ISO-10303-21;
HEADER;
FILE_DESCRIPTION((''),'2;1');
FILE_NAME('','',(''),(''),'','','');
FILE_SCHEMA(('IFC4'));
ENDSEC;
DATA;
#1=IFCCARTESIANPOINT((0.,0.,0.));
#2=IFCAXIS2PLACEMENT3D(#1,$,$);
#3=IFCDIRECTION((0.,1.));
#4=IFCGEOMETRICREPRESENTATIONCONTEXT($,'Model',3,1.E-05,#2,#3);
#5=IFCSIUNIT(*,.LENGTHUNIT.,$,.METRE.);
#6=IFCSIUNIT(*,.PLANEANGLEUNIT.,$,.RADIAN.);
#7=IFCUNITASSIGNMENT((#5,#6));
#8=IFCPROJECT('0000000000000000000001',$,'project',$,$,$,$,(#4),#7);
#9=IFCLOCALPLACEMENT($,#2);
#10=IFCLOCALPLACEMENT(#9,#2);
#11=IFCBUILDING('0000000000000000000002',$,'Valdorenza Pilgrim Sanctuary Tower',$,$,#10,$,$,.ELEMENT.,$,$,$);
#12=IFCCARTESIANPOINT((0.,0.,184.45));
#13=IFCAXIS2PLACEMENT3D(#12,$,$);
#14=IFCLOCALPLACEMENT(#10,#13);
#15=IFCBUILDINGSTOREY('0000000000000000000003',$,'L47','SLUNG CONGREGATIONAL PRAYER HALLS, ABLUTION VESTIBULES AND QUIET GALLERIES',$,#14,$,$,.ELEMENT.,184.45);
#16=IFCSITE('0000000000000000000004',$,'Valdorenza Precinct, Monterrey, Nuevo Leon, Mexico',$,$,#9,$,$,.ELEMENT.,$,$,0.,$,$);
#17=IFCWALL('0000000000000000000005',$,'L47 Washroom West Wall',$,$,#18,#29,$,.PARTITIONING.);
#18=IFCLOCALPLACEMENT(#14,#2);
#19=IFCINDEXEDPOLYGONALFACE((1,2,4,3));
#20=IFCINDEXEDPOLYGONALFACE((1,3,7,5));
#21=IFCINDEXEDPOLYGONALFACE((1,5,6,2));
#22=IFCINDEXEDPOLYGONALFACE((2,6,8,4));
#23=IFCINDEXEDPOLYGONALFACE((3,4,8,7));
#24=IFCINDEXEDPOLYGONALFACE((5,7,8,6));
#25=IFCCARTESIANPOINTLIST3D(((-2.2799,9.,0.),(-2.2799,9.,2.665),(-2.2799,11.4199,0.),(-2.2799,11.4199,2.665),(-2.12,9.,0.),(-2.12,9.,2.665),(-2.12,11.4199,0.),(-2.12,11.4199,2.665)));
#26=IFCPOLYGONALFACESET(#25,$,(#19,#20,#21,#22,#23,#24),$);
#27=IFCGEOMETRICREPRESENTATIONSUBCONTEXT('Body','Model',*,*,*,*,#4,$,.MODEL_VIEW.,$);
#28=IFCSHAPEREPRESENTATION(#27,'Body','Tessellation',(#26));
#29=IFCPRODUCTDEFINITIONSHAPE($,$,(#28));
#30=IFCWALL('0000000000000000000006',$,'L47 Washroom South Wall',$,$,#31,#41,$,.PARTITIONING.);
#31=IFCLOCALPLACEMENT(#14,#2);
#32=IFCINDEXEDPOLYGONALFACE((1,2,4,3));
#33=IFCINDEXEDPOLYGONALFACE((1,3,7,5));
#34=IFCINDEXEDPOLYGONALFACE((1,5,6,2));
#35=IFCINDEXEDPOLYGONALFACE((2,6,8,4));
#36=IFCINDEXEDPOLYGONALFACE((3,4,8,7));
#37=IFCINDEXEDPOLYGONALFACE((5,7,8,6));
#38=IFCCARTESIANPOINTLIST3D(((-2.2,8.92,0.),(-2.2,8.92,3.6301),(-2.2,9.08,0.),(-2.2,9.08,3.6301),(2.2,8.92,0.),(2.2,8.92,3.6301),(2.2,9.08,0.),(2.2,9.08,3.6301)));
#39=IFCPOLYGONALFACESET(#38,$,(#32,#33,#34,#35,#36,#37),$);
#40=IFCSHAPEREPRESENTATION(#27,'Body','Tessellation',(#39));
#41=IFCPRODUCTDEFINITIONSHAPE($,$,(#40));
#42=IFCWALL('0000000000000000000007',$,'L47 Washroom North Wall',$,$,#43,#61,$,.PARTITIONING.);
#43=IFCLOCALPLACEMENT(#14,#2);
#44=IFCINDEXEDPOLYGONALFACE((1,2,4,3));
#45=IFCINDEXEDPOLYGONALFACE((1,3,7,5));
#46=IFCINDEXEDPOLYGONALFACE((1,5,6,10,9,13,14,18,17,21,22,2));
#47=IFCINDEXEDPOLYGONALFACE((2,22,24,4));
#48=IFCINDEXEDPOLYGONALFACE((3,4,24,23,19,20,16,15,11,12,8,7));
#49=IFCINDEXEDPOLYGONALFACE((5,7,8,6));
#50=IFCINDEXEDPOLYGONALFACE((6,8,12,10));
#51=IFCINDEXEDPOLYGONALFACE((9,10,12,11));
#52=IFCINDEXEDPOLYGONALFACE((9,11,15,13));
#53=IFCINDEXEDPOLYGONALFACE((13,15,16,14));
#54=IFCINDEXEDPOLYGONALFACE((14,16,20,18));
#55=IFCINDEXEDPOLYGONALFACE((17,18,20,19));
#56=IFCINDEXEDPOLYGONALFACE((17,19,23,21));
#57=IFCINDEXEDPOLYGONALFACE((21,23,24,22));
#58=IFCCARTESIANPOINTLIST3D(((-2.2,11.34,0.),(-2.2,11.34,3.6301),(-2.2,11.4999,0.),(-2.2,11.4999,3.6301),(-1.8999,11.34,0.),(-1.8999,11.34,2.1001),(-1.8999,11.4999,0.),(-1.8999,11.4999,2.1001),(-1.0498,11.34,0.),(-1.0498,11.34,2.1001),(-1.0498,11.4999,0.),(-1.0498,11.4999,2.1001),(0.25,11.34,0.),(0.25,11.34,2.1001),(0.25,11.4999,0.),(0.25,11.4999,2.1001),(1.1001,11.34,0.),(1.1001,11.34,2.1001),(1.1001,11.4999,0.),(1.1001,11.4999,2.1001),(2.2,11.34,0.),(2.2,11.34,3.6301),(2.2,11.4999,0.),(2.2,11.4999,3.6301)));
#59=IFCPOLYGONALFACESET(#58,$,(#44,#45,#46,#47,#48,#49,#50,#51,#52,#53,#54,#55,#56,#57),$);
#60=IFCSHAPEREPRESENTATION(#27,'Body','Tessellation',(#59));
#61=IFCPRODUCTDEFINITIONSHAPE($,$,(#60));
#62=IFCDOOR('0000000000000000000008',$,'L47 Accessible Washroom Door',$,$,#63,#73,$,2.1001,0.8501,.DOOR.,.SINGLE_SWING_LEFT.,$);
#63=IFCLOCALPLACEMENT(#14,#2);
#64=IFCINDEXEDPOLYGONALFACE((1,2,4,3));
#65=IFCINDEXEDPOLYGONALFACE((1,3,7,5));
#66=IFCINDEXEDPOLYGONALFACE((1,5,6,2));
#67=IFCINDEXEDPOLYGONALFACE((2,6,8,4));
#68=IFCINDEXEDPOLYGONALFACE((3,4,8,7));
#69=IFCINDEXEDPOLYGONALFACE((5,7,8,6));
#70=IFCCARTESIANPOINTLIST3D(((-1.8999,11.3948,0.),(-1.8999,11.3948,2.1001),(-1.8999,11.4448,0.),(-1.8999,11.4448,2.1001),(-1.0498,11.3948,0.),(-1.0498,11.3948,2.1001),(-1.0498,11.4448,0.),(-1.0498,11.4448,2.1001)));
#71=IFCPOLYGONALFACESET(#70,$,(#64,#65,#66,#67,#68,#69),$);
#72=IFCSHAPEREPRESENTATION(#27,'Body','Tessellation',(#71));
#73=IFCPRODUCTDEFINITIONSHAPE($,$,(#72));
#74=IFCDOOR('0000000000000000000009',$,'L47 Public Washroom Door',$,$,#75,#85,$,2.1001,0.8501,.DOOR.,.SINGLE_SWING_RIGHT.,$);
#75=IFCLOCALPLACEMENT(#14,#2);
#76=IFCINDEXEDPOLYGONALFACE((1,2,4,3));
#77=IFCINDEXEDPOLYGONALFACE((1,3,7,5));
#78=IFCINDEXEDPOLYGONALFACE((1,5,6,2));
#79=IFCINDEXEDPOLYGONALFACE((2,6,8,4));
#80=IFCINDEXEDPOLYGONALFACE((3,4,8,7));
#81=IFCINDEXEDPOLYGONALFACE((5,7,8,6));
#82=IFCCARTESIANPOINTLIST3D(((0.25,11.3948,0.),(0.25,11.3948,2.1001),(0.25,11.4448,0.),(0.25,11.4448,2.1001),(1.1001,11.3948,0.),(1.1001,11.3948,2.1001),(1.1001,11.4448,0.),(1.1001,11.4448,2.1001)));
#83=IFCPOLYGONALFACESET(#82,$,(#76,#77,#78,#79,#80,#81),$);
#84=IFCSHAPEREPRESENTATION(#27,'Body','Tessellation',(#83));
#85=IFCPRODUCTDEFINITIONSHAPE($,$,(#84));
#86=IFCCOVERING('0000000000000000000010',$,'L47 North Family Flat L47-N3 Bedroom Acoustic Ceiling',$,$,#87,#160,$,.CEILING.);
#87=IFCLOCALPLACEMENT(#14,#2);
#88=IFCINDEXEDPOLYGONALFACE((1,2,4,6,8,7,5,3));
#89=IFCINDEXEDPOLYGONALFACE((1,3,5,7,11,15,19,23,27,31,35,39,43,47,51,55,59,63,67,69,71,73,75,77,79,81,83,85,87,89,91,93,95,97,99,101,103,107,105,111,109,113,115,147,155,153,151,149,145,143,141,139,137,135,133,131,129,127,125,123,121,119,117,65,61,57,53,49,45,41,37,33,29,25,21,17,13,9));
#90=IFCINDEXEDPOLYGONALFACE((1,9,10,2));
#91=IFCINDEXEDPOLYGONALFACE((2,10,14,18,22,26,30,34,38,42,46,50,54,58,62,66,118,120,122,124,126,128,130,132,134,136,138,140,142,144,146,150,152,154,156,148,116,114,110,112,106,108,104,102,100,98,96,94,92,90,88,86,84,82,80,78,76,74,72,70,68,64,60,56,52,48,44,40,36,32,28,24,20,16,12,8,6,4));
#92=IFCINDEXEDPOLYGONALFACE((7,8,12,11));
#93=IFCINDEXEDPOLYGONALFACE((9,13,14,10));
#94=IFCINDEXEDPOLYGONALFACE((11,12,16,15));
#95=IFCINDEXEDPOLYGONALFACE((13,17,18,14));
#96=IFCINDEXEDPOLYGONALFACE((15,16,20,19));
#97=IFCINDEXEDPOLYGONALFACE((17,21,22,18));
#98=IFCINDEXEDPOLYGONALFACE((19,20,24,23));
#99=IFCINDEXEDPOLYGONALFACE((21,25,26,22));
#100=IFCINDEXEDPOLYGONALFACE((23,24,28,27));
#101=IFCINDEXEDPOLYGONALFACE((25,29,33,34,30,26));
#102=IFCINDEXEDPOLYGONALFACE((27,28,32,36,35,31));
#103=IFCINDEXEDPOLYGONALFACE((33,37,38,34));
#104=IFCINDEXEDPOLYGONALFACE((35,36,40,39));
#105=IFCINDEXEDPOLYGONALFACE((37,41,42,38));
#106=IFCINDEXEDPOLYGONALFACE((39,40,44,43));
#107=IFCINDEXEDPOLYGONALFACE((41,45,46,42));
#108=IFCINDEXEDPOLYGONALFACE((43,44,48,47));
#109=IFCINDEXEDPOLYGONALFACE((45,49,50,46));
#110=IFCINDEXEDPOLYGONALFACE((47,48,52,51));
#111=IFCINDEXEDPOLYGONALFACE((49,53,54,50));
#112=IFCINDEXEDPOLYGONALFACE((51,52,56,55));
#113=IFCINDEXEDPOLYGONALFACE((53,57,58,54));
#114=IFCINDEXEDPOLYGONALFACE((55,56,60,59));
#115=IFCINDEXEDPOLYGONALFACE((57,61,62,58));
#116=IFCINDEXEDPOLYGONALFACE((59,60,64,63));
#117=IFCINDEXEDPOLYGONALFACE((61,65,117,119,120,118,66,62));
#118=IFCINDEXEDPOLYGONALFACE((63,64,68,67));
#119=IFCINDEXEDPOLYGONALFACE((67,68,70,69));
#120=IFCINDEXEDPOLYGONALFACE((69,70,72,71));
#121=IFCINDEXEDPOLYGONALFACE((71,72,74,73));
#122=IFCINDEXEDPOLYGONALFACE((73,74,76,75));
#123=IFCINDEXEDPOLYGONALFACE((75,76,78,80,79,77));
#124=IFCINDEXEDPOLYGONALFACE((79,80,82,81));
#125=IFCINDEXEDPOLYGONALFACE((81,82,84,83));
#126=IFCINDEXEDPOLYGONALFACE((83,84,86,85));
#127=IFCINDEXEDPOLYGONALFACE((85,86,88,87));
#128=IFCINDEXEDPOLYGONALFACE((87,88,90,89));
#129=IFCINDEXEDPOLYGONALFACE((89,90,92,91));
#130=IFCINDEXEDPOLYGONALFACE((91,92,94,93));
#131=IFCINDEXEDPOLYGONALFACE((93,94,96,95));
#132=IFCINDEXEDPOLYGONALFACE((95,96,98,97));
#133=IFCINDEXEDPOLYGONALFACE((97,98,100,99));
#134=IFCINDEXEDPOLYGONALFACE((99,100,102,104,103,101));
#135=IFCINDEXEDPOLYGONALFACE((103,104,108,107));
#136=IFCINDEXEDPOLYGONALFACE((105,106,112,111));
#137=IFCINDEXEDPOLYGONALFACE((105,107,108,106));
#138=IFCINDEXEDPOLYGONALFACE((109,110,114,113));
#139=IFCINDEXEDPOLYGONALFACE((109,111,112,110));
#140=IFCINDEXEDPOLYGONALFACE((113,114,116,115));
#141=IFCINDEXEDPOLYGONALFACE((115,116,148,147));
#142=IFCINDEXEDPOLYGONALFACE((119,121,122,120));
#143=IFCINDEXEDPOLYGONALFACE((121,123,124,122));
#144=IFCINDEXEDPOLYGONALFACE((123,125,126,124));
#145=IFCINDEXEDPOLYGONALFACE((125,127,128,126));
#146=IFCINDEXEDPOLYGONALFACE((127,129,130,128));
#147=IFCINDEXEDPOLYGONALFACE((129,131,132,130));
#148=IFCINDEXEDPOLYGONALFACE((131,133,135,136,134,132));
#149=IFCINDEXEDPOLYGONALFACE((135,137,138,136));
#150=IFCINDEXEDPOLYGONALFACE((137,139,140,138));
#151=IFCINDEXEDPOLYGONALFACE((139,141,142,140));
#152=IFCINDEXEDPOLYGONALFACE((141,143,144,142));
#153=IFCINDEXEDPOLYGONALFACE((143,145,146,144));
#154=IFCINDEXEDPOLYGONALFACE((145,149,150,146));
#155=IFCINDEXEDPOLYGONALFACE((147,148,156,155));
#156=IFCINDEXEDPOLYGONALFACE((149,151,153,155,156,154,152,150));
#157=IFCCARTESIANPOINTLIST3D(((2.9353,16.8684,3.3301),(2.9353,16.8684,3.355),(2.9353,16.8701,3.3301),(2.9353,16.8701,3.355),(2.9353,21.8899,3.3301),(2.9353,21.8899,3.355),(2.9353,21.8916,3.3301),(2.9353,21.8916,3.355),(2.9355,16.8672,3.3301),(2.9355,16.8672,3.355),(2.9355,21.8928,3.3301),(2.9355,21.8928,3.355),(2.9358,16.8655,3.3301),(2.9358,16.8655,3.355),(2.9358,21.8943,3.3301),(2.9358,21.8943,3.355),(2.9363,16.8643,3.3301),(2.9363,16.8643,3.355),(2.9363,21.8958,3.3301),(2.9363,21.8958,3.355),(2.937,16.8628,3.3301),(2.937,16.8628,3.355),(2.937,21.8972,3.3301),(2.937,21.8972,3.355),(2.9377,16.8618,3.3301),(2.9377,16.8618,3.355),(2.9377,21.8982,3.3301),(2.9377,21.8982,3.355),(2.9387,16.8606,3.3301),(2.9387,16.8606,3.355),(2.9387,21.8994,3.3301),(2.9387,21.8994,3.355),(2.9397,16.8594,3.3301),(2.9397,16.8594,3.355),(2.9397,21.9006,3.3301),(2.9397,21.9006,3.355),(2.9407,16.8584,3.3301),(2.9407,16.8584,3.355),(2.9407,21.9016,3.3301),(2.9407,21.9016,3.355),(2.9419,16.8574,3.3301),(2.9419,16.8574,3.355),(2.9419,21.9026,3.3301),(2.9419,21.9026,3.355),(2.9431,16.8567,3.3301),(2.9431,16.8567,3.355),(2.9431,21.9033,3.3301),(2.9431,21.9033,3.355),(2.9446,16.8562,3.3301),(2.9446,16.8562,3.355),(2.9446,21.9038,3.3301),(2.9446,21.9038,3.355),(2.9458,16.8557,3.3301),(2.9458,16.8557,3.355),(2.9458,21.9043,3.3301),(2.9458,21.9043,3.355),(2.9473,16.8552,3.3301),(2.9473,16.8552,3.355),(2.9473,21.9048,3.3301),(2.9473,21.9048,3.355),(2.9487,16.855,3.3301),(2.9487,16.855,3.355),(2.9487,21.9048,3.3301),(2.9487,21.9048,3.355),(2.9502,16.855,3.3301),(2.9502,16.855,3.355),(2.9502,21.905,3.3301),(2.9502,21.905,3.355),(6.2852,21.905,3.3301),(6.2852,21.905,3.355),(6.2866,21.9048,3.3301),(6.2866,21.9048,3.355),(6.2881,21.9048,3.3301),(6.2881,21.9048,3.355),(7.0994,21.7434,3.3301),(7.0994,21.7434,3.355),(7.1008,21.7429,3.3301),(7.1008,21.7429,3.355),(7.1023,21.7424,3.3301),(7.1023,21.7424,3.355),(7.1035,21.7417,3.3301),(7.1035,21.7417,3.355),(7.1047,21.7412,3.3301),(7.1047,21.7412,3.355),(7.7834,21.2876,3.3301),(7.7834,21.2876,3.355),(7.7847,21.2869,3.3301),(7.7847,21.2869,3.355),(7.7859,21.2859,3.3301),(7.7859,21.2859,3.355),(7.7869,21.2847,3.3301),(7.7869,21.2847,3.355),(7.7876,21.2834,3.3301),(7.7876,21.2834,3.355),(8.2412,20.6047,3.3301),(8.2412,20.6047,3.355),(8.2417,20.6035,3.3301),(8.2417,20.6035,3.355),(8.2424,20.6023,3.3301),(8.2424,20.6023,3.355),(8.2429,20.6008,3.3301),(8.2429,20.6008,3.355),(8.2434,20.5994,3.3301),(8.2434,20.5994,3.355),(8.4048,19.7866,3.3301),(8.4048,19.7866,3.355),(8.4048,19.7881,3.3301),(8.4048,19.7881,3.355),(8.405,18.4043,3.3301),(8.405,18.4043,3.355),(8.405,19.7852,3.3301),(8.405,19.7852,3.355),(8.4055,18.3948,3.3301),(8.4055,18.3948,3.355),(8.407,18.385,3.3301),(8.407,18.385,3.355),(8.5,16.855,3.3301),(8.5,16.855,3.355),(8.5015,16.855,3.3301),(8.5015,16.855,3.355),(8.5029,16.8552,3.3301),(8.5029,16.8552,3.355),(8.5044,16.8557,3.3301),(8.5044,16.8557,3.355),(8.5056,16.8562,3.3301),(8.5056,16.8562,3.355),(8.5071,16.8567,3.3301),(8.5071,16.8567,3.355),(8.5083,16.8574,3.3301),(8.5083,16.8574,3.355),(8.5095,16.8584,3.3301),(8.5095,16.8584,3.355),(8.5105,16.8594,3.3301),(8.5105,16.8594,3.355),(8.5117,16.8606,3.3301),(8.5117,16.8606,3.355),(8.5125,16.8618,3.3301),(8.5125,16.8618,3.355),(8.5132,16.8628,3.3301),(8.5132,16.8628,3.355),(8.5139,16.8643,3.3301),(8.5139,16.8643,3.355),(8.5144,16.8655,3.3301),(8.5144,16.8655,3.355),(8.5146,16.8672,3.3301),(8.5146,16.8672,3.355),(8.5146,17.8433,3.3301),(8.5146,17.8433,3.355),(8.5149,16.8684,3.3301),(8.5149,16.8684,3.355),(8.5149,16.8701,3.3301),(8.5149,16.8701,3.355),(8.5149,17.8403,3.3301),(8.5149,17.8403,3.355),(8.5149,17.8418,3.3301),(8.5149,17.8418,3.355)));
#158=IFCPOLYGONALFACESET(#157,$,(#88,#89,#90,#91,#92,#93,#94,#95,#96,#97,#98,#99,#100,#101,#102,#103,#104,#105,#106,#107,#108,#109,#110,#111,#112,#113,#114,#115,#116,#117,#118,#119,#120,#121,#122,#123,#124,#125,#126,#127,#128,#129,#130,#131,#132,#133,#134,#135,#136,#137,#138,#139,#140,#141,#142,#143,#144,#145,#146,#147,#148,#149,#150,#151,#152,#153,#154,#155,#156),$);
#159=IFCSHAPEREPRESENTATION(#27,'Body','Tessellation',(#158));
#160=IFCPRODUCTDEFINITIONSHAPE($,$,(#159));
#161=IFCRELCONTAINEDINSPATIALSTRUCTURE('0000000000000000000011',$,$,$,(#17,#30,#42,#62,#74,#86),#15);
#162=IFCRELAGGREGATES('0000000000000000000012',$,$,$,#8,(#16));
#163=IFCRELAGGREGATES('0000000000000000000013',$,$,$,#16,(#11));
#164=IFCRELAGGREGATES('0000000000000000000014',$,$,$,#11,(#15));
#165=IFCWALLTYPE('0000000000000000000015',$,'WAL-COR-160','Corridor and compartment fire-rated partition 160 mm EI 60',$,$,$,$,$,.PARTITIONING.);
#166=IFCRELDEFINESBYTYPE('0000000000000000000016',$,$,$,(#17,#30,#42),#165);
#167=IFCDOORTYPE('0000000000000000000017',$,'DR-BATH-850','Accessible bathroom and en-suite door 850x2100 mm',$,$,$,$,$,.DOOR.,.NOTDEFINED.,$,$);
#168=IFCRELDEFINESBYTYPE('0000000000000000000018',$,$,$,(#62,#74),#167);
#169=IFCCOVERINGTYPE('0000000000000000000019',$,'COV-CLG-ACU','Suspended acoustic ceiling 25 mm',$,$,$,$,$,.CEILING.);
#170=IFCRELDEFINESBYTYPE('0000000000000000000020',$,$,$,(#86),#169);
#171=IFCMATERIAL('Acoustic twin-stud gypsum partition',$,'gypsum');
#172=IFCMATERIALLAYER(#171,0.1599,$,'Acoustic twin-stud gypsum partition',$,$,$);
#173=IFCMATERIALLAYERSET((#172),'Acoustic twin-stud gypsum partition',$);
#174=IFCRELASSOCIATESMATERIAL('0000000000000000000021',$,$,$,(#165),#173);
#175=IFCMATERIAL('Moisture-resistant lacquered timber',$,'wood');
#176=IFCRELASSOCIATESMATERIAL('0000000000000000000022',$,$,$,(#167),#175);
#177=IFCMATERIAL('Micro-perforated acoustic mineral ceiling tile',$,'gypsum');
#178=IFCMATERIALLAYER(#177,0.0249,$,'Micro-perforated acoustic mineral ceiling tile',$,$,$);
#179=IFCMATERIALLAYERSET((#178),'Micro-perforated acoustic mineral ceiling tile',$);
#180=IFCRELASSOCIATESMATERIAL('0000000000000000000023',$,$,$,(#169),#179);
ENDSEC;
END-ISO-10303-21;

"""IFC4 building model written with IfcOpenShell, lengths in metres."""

from ifc_helpers import new_model, si_unit, direction, frame, frame_2d, origin, place, context, subcontext, project, spatial, polyline, rectangle, outline, extrude, material, layer, layer_set, type_object, element, fill, save


model = new_model("IFC4")

# Units and contexts
model_context = context("Model", 3, precision=1e-05, world=origin(), true_north=direction((0.0, 1.0)))
body_context = subcontext(model_context, "Body", "Model", "MODEL_VIEW")
ifc_project = project(units=[si_unit("LENGTHUNIT", "METRE"), si_unit("PLANEANGLEUNIT", "RADIAN")], contexts=[model_context])

# Site, building, storey
site_placement = place(None, origin())
site = spatial("IfcSite", under=ifc_project, at=site_placement, Name="Valdorenza Precinct, Monterrey, Nuevo Leon, Mexico", CompositionType="ELEMENT", RefElevation=0.0)
building_placement = place(site_placement, origin())
building = spatial("IfcBuilding", under=site, at=building_placement, Name="Valdorenza Pilgrim Sanctuary Tower", CompositionType="ELEMENT")
storey_placement = place(building_placement, frame((0.0, 0.0, 184.45)))
storey = spatial("IfcBuildingStorey", under=building, at=storey_placement, Name="L47", Description="SLUNG CONGREGATIONAL PRAYER HALLS, ABLUTION VESTIBULES AND QUIET GALLERIES", CompositionType="ELEMENT", Elevation=184.45)

# Walls
ifc_material_1 = material(Name="Acoustic twin-stud gypsum partition", Category="gypsum")
ifc_layer_1 = layer(ifc_material_1, 0.1599, Name="Acoustic twin-stud gypsum partition")
ifc_layer_set_1 = layer_set([ifc_layer_1], Name="Acoustic twin-stud gypsum partition")
wall_type = type_object("IfcWallType", Name="WAL-COR-160", Description="Corridor and compartment fire-rated partition 160 mm EI 60", PredefinedType="PARTITIONING", material=ifc_layer_set_1)
wall_1_placement = place(storey_placement, frame((-2.2, 9.0, 0.0), z_axis=(0.0, 0.0, 1.0), x_axis=(0.0, 1.0, 0.0)))
element("IfcWall", 1, at=wall_1_placement, inside=storey, type_object=wall_type, Name="L47 Washroom West Wall", PredefinedType="PARTITIONING", context=body_context, shape_type="SweptSolid", body=[
    extrude(rectangle(XDim=2.4199, YDim=0.1599, at=frame_2d((1.21, 0.0))), origin(), (0.0, 0.0, 1.0), 2.665),
])
wall_2_placement = place(storey_placement, frame((-2.2, 9.0, 0.0), z_axis=(0.0, 0.0, 1.0), x_axis=(1.0, 0.0, 0.0)))
element("IfcWall", 2, at=wall_2_placement, inside=storey, type_object=wall_type, Name="L47 Washroom South Wall", PredefinedType="PARTITIONING", context=body_context, shape_type="SweptSolid", body=[
    extrude(rectangle(XDim=4.3999, YDim=0.1599, at=frame_2d((2.2, 0.0))), origin(), (0.0, 0.0, 1.0), 3.6301),
])

# Wall, openings, doors
wall_3_placement = place(storey_placement, frame((-2.2, 11.4199, 0.0), z_axis=(0.0, 0.0, 1.0), x_axis=(1.0, 0.0, 0.0)))
wall_3 = element("IfcWall", 3, at=wall_3_placement, inside=storey, type_object=wall_type, Name="L47 Washroom North Wall", PredefinedType="PARTITIONING", context=body_context, shape_type="SweptSolid", body=[
    extrude(rectangle(XDim=4.3999, YDim=0.1599, at=frame_2d((2.2, 0.0))), origin(), (0.0, 0.0, 1.0), 3.6301),
])
opening_1_placement = place(wall_3_placement, frame((0.3, 0.0, 0.0)))
opening_1 = element("IfcOpeningElement", 4, at=opening_1_placement, cuts=wall_3, PredefinedType="OPENING", context=body_context, shape_type="SweptSolid", body=[
    extrude(rectangle(XDim=0.8501, YDim=2.1001, at=frame_2d((0.425, 1.05))), frame((0.0, 0.0947, 0.0), z_axis=(0.0, -1.0, 0.0), x_axis=(1.0, 0.0, 0.0)), (0.0, 0.0, 1.0), 0.1897),
])
opening_2_placement = place(wall_3_placement, frame((2.45, 0.0, 0.0)))
opening_2 = element("IfcOpeningElement", 5, at=opening_2_placement, cuts=wall_3, PredefinedType="OPENING", context=body_context, shape_type="SweptSolid", body=[
    extrude(rectangle(XDim=0.8501, YDim=2.1001, at=frame_2d((0.425, 1.05))), frame((0.0, 0.0947, 0.0), z_axis=(0.0, -1.0, 0.0), x_axis=(1.0, 0.0, 0.0)), (0.0, 0.0, 1.0), 0.1897),
])
ifc_material_2 = material(Name="Moisture-resistant lacquered timber", Category="wood")
door_type = type_object("IfcDoorType", Name="DR-BATH-850", Description="Accessible bathroom and en-suite door 850x2100 mm", OperationType="NOTDEFINED", PredefinedType="DOOR", material=ifc_material_2)
door_1_placement = place(opening_1_placement, origin())
door_1 = element("IfcDoor", 6, at=door_1_placement, inside=storey, type_object=door_type, Name="L47 Accessible Washroom Door", OperationType="SINGLE_SWING_LEFT", OverallHeight=2.1001, OverallWidth=0.8501, PredefinedType="DOOR", context=body_context, shape_type="SweptSolid", body=[
    extrude(rectangle(XDim=0.8501, YDim=2.1001, at=frame_2d((0.425, 1.05))), frame((0.0, 0.0249, 0.0), z_axis=(0.0, -1.0, 0.0), x_axis=(1.0, 0.0, 0.0)), (0.0, 0.0, 1.0), 0.05),
])
fill(opening_1, door_1)
door_2_placement = place(opening_2_placement, origin())
door_2 = element("IfcDoor", 7, at=door_2_placement, inside=storey, type_object=door_type, Name="L47 Public Washroom Door", OperationType="SINGLE_SWING_RIGHT", OverallHeight=2.1001, OverallWidth=0.8501, PredefinedType="DOOR", context=body_context, shape_type="SweptSolid", body=[
    extrude(rectangle(XDim=0.8501, YDim=2.1001, at=frame_2d((0.425, 1.05))), frame((0.0, 0.0249, 0.0), z_axis=(0.0, -1.0, 0.0), x_axis=(1.0, 0.0, 0.0)), (0.0, 0.0, 1.0), 0.05),
])
fill(opening_2, door_2)

# Covering
ifc_material_3 = material(Name="Micro-perforated acoustic mineral ceiling tile", Category="gypsum")
ifc_layer_2 = layer(ifc_material_3, 0.0249, Name="Micro-perforated acoustic mineral ceiling tile")
ifc_layer_set_2 = layer_set([ifc_layer_2], Name="Micro-perforated acoustic mineral ceiling tile")
covering_type_1 = type_object("IfcCoveringType", Name="COV-CLG-ACU", Description="Suspended acoustic ceiling 25 mm", PredefinedType="CEILING", material=ifc_layer_set_2)
covering_1_placement = place(storey_placement, frame((0.0, 0.0, 3.3301)))
element("IfcCovering", 8, at=covering_1_placement, inside=storey, type_object=covering_type_1, Name="L47 North Family Flat L47-N3 Bedroom Acoustic Ceiling", PredefinedType="CEILING", context=body_context, shape_type="SweptSolid", body=[
    extrude(outline(polyline([(2.9502, 16.855), (2.9487, 16.855), (2.9473, 16.8552), (2.9458, 16.8557), (2.9446, 16.8562), (2.9431, 16.8567), (2.9419, 16.8574), (2.9407, 16.8584), (2.9397, 16.8594), (2.9387, 16.8606), (2.9377, 16.8618), (2.937, 16.8628), (2.9363, 16.8643), (2.9358, 16.8655), (2.9355, 16.8672), (2.9353, 16.8684), (2.9353, 16.8701), (2.9353, 21.8899), (2.9353, 21.8916), (2.9355, 21.8928), (2.9358, 21.8943), (2.9363, 21.8958), (2.937, 21.8972), (2.9377, 21.8982), (2.9387, 21.8994), (2.9397, 21.9006), (2.9407, 21.9016), (2.9419, 21.9026), (2.9431, 21.9033), (2.9446, 21.9038), (2.9458, 21.9043), (2.9473, 21.9048), (2.9487, 21.9048), (2.9502, 21.905), (6.2852, 21.905), (6.2866, 21.9048), (6.2881, 21.9048), (7.0994, 21.7434), (7.1008, 21.7429), (7.1023, 21.7424), (7.1035, 21.7417), (7.1047, 21.7412), (7.7834, 21.2876), (7.7847, 21.2869), (7.7859, 21.2859), (7.7869, 21.2847), (7.7876, 21.2834), (8.2412, 20.6047), (8.2417, 20.6035), (8.2424, 20.6023), (8.2429, 20.6008), (8.2434, 20.5994), (8.4048, 19.7881), (8.4048, 19.7866), (8.405, 19.7852), (8.405, 18.4043), (8.4055, 18.3948), (8.407, 18.385), (8.5146, 17.8433), (8.5149, 17.8418), (8.5149, 17.8403), (8.5149, 16.8701), (8.5149, 16.8684), (8.5146, 16.8672), (8.5144, 16.8655), (8.5139, 16.8643), (8.5132, 16.8628), (8.5125, 16.8618), (8.5117, 16.8606), (8.5105, 16.8594), (8.5095, 16.8584), (8.5083, 16.8574), (8.5071, 16.8567), (8.5056, 16.8562), (8.5044, 16.8557), (8.5029, 16.8552), (8.5015, 16.855), (8.5, 16.855), (2.9502, 16.855)])), origin(), (0.0, 0.0, 1.0), 0.0249),
])

save(model, "model.ifc")
